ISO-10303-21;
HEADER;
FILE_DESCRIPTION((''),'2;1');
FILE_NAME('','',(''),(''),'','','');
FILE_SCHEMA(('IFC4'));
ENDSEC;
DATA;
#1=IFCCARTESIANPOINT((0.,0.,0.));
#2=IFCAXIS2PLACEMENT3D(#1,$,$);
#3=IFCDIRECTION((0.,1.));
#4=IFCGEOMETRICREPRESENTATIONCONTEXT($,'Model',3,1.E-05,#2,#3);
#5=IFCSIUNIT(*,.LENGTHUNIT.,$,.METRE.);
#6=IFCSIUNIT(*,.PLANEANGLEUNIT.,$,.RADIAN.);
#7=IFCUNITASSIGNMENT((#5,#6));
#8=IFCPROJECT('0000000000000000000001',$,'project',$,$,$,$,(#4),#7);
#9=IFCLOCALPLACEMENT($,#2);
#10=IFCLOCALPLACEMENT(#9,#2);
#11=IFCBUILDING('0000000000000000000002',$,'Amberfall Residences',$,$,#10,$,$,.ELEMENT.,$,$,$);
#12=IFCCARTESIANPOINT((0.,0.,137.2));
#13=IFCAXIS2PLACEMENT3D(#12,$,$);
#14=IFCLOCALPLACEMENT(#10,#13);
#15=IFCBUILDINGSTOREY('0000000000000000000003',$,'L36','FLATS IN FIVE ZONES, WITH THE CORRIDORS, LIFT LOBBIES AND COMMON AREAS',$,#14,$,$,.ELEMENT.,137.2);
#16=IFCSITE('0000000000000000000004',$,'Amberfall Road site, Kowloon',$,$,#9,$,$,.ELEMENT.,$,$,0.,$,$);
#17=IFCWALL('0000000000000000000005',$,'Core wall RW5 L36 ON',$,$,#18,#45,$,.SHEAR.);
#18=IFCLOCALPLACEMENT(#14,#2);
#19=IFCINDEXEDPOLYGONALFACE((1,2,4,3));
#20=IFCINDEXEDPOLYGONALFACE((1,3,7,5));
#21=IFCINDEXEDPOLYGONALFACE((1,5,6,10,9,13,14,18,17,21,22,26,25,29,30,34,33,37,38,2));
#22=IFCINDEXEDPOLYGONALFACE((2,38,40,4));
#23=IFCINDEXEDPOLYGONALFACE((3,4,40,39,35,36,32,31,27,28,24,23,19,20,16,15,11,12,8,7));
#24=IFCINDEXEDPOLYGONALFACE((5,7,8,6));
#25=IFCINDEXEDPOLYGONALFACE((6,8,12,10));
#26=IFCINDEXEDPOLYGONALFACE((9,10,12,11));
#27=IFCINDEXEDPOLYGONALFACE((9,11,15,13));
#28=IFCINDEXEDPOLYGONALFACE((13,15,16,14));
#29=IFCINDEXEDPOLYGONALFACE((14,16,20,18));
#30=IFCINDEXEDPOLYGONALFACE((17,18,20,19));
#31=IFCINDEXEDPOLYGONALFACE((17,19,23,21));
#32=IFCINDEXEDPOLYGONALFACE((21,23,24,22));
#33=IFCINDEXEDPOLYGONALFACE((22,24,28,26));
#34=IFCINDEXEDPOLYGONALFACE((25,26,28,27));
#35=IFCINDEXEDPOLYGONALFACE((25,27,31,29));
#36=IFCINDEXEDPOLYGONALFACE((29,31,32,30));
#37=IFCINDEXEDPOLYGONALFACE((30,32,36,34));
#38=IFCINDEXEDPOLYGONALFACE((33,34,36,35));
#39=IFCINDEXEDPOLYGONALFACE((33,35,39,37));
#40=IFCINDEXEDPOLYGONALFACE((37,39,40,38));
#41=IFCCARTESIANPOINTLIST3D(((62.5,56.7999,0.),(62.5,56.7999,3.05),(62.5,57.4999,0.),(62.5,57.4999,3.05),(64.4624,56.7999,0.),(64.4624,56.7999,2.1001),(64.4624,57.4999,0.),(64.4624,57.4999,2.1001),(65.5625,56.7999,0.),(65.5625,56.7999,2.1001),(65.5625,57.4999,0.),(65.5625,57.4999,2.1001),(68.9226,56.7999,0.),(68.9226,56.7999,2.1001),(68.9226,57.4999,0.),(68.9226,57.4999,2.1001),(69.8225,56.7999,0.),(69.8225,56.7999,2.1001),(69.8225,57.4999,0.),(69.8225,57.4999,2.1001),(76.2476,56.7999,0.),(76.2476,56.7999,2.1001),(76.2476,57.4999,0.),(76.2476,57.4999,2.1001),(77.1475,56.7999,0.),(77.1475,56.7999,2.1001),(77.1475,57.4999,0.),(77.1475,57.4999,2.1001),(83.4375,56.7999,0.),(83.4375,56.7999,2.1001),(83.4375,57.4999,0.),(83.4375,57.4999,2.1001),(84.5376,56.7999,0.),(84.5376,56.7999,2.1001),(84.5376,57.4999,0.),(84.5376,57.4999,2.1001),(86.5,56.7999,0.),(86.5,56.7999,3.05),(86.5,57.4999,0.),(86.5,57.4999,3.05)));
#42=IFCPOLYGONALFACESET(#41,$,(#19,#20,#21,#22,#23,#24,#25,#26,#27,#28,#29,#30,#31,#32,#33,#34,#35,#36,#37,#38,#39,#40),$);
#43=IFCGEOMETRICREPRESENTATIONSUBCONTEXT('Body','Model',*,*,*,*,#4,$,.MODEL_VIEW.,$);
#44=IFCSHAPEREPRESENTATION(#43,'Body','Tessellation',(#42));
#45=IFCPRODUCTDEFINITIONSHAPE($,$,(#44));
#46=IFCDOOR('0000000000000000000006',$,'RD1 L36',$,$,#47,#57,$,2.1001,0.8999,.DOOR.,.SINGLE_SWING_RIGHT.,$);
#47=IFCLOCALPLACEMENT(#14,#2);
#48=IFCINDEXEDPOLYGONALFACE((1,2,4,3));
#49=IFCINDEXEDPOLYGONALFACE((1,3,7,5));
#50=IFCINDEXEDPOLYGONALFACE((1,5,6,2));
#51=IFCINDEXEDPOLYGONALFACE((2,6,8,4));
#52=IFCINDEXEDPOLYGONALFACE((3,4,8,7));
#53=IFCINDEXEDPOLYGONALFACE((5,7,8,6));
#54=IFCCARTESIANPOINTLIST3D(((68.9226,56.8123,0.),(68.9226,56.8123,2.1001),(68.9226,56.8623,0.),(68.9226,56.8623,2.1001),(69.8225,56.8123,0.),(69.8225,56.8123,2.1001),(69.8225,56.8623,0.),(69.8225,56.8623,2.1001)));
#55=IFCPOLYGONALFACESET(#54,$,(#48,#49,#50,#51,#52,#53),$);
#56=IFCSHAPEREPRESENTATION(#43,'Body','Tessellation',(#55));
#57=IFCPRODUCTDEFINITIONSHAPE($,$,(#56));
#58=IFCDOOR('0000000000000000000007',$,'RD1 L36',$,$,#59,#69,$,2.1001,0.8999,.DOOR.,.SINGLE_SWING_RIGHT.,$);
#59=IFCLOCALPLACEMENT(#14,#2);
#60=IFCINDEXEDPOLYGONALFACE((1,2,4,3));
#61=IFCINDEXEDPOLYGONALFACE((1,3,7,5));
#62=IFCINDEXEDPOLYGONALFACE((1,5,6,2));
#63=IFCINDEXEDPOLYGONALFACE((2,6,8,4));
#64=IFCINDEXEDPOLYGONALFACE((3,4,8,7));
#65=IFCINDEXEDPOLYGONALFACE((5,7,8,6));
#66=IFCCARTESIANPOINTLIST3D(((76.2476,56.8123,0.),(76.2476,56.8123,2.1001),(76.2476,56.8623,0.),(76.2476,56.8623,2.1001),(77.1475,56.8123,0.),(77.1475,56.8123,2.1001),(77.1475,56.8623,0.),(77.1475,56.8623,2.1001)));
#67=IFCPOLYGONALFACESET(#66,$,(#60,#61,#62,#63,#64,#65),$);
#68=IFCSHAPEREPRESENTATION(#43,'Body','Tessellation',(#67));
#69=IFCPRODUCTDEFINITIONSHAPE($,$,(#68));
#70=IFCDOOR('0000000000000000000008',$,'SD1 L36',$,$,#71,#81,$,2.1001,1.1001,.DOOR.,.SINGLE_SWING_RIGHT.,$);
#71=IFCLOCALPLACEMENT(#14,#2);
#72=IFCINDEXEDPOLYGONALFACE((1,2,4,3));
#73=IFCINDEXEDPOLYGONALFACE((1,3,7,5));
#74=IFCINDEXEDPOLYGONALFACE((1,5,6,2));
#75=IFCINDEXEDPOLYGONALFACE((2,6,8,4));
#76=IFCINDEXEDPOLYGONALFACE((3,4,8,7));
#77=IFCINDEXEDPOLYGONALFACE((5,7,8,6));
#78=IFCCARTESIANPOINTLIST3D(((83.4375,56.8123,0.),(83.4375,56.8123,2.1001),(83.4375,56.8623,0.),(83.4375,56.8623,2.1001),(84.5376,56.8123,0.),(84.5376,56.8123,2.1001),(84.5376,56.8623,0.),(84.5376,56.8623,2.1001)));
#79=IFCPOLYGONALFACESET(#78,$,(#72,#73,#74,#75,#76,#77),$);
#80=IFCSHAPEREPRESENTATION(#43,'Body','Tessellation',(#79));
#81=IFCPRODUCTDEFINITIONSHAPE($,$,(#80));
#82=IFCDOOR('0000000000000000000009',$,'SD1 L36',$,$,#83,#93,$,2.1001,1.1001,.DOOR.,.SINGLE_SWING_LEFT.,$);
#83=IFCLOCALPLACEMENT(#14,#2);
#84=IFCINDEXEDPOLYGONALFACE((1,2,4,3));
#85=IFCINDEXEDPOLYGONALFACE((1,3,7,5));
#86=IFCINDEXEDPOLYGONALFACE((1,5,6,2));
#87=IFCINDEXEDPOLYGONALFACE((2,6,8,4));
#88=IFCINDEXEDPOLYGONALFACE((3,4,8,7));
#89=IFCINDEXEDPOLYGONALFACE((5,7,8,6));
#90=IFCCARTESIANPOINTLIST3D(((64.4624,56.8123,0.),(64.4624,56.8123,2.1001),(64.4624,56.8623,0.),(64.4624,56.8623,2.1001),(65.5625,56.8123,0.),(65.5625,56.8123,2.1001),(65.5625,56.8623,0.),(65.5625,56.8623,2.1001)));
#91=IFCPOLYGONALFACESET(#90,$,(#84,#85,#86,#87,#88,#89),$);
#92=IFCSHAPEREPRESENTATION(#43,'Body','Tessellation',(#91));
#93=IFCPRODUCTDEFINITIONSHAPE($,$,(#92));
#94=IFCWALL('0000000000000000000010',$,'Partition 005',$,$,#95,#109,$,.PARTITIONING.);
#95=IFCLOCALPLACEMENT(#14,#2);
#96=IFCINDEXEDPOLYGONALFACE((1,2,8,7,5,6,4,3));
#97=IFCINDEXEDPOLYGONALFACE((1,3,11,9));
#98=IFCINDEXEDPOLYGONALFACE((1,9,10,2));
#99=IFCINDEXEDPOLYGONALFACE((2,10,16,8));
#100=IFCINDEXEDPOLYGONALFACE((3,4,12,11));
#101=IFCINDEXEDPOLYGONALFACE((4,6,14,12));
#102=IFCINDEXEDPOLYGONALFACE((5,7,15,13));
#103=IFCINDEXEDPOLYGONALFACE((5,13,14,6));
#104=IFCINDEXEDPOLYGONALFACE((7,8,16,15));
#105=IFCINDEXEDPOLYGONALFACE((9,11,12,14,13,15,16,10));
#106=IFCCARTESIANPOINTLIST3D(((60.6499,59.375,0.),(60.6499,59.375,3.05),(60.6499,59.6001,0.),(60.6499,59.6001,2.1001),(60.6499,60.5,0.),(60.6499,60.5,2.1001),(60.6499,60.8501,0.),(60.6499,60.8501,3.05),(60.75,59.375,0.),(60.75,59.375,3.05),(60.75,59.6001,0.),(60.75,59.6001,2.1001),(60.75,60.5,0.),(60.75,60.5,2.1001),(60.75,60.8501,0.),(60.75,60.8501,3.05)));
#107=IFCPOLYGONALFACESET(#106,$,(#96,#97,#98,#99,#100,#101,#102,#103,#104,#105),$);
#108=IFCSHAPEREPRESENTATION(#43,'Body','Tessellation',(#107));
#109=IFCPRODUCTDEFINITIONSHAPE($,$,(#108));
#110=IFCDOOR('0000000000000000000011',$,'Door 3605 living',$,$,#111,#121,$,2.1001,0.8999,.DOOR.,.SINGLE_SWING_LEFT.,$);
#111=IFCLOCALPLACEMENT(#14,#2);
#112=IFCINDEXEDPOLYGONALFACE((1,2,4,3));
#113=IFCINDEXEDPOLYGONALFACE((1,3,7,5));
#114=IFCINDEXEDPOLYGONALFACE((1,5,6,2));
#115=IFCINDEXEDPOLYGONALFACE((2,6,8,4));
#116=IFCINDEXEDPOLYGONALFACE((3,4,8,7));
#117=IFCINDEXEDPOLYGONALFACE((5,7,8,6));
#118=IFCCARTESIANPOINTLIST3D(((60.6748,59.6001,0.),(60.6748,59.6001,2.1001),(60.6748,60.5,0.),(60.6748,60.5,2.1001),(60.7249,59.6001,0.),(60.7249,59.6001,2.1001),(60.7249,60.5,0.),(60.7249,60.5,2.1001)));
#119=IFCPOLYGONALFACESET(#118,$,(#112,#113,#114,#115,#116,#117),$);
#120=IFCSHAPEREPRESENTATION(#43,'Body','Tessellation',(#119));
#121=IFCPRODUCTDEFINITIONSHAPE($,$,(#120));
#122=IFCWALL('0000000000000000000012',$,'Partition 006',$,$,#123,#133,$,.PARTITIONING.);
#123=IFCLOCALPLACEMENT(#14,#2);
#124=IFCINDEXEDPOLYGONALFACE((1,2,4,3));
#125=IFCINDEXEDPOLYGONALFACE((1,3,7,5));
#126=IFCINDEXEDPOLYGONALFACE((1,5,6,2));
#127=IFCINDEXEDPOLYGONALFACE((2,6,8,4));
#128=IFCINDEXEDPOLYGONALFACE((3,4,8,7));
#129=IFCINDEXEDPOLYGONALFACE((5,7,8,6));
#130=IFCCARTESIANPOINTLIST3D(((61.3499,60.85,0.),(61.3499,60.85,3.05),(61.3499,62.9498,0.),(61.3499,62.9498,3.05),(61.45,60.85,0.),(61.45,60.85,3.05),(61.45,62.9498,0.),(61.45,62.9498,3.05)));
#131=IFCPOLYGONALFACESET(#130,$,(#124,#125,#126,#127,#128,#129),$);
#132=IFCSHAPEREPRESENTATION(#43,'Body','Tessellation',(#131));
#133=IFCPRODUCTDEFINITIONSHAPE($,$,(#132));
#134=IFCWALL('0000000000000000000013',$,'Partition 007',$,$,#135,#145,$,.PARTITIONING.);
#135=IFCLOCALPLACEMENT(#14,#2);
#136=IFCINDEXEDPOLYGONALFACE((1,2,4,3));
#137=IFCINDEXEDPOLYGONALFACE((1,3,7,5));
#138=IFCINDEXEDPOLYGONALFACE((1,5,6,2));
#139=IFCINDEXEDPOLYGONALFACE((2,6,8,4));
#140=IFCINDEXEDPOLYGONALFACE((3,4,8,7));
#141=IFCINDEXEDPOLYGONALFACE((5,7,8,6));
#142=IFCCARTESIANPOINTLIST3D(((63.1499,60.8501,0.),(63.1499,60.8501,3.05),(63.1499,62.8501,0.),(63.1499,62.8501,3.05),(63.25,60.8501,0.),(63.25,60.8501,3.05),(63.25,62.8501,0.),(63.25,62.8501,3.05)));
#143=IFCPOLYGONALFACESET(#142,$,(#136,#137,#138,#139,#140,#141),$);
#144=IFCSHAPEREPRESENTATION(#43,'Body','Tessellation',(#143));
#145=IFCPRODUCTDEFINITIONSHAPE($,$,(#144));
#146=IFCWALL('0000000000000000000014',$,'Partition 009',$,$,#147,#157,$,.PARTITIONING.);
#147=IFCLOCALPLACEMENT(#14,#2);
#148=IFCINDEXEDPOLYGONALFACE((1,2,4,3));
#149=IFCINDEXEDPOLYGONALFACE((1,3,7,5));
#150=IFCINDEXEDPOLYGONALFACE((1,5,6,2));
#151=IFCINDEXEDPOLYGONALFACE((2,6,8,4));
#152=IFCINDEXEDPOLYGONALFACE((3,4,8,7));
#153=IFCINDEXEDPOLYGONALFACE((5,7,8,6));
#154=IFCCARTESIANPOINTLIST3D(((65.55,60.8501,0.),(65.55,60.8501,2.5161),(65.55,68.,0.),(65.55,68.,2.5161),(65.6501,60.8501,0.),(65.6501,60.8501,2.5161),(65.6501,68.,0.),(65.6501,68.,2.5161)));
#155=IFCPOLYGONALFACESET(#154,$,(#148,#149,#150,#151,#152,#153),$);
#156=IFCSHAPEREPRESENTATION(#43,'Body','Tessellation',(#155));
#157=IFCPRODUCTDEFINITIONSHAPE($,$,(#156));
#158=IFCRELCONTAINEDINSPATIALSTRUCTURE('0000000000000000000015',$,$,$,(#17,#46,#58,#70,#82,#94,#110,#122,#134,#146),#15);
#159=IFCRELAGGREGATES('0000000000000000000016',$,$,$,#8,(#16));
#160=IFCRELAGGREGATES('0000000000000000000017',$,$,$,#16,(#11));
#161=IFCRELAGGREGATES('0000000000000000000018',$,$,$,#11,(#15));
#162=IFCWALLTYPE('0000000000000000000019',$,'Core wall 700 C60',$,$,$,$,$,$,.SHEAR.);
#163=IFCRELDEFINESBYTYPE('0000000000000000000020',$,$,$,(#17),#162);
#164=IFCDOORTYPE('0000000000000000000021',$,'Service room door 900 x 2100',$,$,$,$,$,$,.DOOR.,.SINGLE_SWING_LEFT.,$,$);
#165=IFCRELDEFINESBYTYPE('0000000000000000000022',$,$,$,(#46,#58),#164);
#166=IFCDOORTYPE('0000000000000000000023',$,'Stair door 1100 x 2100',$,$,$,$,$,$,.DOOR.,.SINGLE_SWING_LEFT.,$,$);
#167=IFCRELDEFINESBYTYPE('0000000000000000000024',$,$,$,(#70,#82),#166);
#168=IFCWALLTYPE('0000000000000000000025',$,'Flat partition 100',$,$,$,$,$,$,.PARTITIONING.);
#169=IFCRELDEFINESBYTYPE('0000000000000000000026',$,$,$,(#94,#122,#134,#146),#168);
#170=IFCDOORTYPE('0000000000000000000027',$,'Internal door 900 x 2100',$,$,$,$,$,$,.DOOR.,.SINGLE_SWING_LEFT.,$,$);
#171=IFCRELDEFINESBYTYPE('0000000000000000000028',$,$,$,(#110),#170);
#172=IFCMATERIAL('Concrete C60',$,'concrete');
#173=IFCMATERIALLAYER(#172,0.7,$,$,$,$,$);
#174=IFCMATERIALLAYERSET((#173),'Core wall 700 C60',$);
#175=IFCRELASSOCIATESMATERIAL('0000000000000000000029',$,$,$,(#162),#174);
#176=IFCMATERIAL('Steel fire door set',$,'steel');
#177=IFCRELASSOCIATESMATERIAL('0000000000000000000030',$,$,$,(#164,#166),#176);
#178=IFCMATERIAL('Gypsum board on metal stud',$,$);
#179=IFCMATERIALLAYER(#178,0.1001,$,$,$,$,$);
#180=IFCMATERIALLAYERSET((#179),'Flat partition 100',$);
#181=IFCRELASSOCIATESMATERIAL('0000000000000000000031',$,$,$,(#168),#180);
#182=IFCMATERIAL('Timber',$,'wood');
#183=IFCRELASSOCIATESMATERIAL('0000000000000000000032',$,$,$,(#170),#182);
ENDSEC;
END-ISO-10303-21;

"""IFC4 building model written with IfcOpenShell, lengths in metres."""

from ifc_helpers import new_model, si_unit, direction, frame, frame_2d, origin, place, context, subcontext, project, spatial, rectangle, extrude, material, layer, layer_set, type_object, element, fill, save


model = new_model("IFC4")

# Units and contexts
model_context = context("Model", 3, precision=1e-05, world=origin(), true_north=direction((0.0, 1.0)))
body_context = subcontext(model_context, "Body", "Model", "MODEL_VIEW")
ifc_project = project(units=[si_unit("LENGTHUNIT", "METRE"), si_unit("PLANEANGLEUNIT", "RADIAN")], contexts=[model_context])

# Site, building, storey
site_placement = place(None, origin())
site = spatial("IfcSite", under=ifc_project, at=site_placement, Name="Amberfall Road site, Kowloon", CompositionType="ELEMENT", RefElevation=0.0)
building_placement = place(site_placement, origin())
building = spatial("IfcBuilding", under=site, at=building_placement, Name="Amberfall Residences", CompositionType="ELEMENT")
storey_placement = place(building_placement, frame((0.0, 0.0, 137.2)))
storey = spatial("IfcBuildingStorey", under=building, at=storey_placement, Name="L36", Description="FLATS IN FIVE ZONES, WITH THE CORRIDORS, LIFT LOBBIES AND COMMON AREAS", CompositionType="ELEMENT", Elevation=137.2)

# Wall, openings, doors
ifc_material_1 = material(Name="Concrete C60", Category="concrete")
ifc_layer_1 = layer(ifc_material_1, 0.7)
ifc_layer_set_1 = layer_set([ifc_layer_1], Name="Core wall 700 C60")
wall_type_1 = type_object("IfcWallType", Name="Core wall 700 C60", PredefinedType="SHEAR", material=ifc_layer_set_1)
wall_1_placement = place(storey_placement, frame((62.5, 57.1499, 0.0), z_axis=(0.0, 0.0, 1.0), x_axis=(1.0, 0.0, 0.0)))
wall_1 = element("IfcWall", 1, at=wall_1_placement, inside=storey, type_object=wall_type_1, Name="Core wall RW5 L36 ON", PredefinedType="SHEAR", context=body_context, shape_type="SweptSolid", body=[
    extrude(rectangle(XDim=24.0, YDim=0.7, at=frame_2d((12.0, 0.0))), origin(), (0.0, 0.0, 1.0), 3.05),
])
opening_1_placement = place(wall_1_placement, frame((20.9375, 0.0, 0.0)))
opening_1 = element("IfcOpeningElement", 2, at=opening_1_placement, cuts=wall_1, PredefinedType="OPENING", context=body_context, shape_type="SweptSolid", body=[
    extrude(rectangle(XDim=1.1001, YDim=2.1001, at=frame_2d((0.55, 1.05))), frame((0.0, 0.3599, 0.0), z_axis=(0.0, -1.0, 0.0), x_axis=(1.0, 0.0, 0.0)), (0.0, 0.0, 1.0), 0.72),
])
opening_2_placement = place(wall_1_placement, frame((1.9624, 0.0, 0.0)))
opening_2 = element("IfcOpeningElement", 3, at=opening_2_placement, cuts=wall_1, PredefinedType="OPENING", context=body_context, shape_type="SweptSolid", body=[
    extrude(rectangle(XDim=1.1001, YDim=2.1001, at=frame_2d((0.55, 1.05))), frame((0.0, 0.3599, 0.0), z_axis=(0.0, -1.0, 0.0), x_axis=(1.0, 0.0, 0.0)), (0.0, 0.0, 1.0), 0.72),
])
opening_3_placement = place(wall_1_placement, frame((6.4226, 0.0, 0.0)))
opening_3 = element("IfcOpeningElement", 4, at=opening_3_placement, cuts=wall_1, PredefinedType="OPENING", context=body_context, shape_type="SweptSolid", body=[
    extrude(rectangle(XDim=0.8999, YDim=2.1001, at=frame_2d((0.45, 1.05))), frame((0.0, 0.3599, 0.0), z_axis=(0.0, -1.0, 0.0), x_axis=(1.0, 0.0, 0.0)), (0.0, 0.0, 1.0), 0.72),
])
opening_4_placement = place(wall_1_placement, frame((13.7476, 0.0, 0.0)))
opening_4 = element("IfcOpeningElement", 5, at=opening_4_placement, cuts=wall_1, PredefinedType="OPENING", context=body_context, shape_type="SweptSolid", body=[
    extrude(rectangle(XDim=0.8999, YDim=2.1001, at=frame_2d((0.45, 1.05))), frame((0.0, 0.3599, 0.0), z_axis=(0.0, -1.0, 0.0), x_axis=(1.0, 0.0, 0.0)), (0.0, 0.0, 1.0), 0.72),
])
ifc_material_2 = material(Name="Steel fire door set", Category="steel")
door_type_1 = type_object("IfcDoorType", Name="Service room door 900 x 2100", OperationType="SINGLE_SWING_LEFT", PredefinedType="DOOR", material=ifc_material_2)
door_1_placement = place(opening_3_placement, origin())
door_1 = element("IfcDoor", 6, at=door_1_placement, inside=storey, type_object=door_type_1, Name="RD1 L36", OperationType="SINGLE_SWING_RIGHT", OverallHeight=2.1001, OverallWidth=0.8999, PredefinedType="DOOR", context=body_context, shape_type="SweptSolid", body=[
    extrude(rectangle(XDim=0.8999, YDim=2.1001, at=frame_2d((0.45, 1.05))), frame((0.0, -0.2876, 0.0), z_axis=(0.0, -1.0, 0.0), x_axis=(1.0, 0.0, 0.0)), (0.0, 0.0, 1.0), 0.05),
])
fill(opening_3, door_1)
door_2_placement = place(opening_4_placement, origin())
door_2 = element("IfcDoor", 7, at=door_2_placement, inside=storey, type_object=door_type_1, Name="RD1 L36", OperationType="SINGLE_SWING_RIGHT", OverallHeight=2.1001, OverallWidth=0.8999, PredefinedType="DOOR", context=body_context, shape_type="SweptSolid", body=[
    extrude(rectangle(XDim=0.8999, YDim=2.1001, at=frame_2d((0.45, 1.05))), frame((0.0, -0.2876, 0.0), z_axis=(0.0, -1.0, 0.0), x_axis=(1.0, 0.0, 0.0)), (0.0, 0.0, 1.0), 0.05),
])
fill(opening_4, door_2)
door_type_2 = type_object("IfcDoorType", Name="Stair door 1100 x 2100", OperationType="SINGLE_SWING_LEFT", PredefinedType="DOOR", material=ifc_material_2)
door_3_placement = place(opening_1_placement, origin())
door_3 = element("IfcDoor", 8, at=door_3_placement, inside=storey, type_object=door_type_2, Name="SD1 L36", OperationType="SINGLE_SWING_RIGHT", OverallHeight=2.1001, OverallWidth=1.1001, PredefinedType="DOOR", context=body_context, shape_type="SweptSolid", body=[
    extrude(rectangle(XDim=1.1001, YDim=2.1001, at=frame_2d((0.55, 1.05))), frame((0.0, -0.2876, 0.0), z_axis=(0.0, -1.0, 0.0), x_axis=(1.0, 0.0, 0.0)), (0.0, 0.0, 1.0), 0.05),
])
fill(opening_1, door_3)
door_4_placement = place(opening_2_placement, origin())
door_4 = element("IfcDoor", 9, at=door_4_placement, inside=storey, type_object=door_type_2, Name="SD1 L36", OperationType="SINGLE_SWING_LEFT", OverallHeight=2.1001, OverallWidth=1.1001, PredefinedType="DOOR", context=body_context, shape_type="SweptSolid", body=[
    extrude(rectangle(XDim=1.1001, YDim=2.1001, at=frame_2d((0.55, 1.05))), frame((0.0, -0.2876, 0.0), z_axis=(0.0, -1.0, 0.0), x_axis=(1.0, 0.0, 0.0)), (0.0, 0.0, 1.0), 0.05),
])
fill(opening_2, door_4)

# Wall, opening, door
ifc_material_3 = material(Name="Gypsum board on metal stud")
ifc_layer_2 = layer(ifc_material_3, 0.1001)
ifc_layer_set_2 = layer_set([ifc_layer_2], Name="Flat partition 100")
wall_type_2 = type_object("IfcWallType", Name="Flat partition 100", PredefinedType="PARTITIONING", material=ifc_layer_set_2)
wall_2_placement = place(storey_placement, frame((60.7, 60.8501, 0.0), z_axis=(0.0, 0.0, 1.0), x_axis=(0.0, -1.0, 0.0)))
wall_2 = element("IfcWall", 10, at=wall_2_placement, inside=storey, type_object=wall_type_2, Name="Partition 005", PredefinedType="PARTITIONING", context=body_context, shape_type="SweptSolid", body=[
    extrude(rectangle(XDim=1.4751, YDim=0.1001, at=frame_2d((0.7375, 0.0))), origin(), (0.0, 0.0, 1.0), 3.05),
])
opening_5_placement = place(wall_2_placement, frame((0.3501, 0.0, 0.0)))
opening_5 = element("IfcOpeningElement", 11, at=opening_5_placement, cuts=wall_2, PredefinedType="OPENING", context=body_context, shape_type="SweptSolid", body=[
    extrude(rectangle(XDim=0.8999, YDim=2.1001, at=frame_2d((0.45, 1.05))), frame((0.0, 0.0601, 0.0), z_axis=(0.0, -1.0, 0.0), x_axis=(1.0, 0.0, 0.0)), (0.0, 0.0, 1.0), 0.1201),
])
ifc_material_4 = material(Name="Timber", Category="wood")
door_type_3 = type_object("IfcDoorType", Name="Internal door 900 x 2100", OperationType="SINGLE_SWING_LEFT", PredefinedType="DOOR", material=ifc_material_4)
door_5_placement = place(opening_5_placement, origin())
door_5 = element("IfcDoor", 12, at=door_5_placement, inside=storey, type_object=door_type_3, Name="Door 3605 living", OperationType="SINGLE_SWING_LEFT", OverallHeight=2.1001, OverallWidth=0.8999, PredefinedType="DOOR", context=body_context, shape_type="SweptSolid", body=[
    extrude(rectangle(XDim=0.8999, YDim=2.1001, at=frame_2d((0.45, 1.05))), frame((0.0, 0.0249, 0.0), z_axis=(0.0, -1.0, 0.0), x_axis=(1.0, 0.0, 0.0)), (0.0, 0.0, 1.0), 0.05),
])
fill(opening_5, door_5)

# Walls
wall_3_placement = place(storey_placement, frame((61.3999, 60.8501, 0.0), z_axis=(0.0, 0.0, 1.0), x_axis=(0.0, 1.0, 0.0)))
element("IfcWall", 13, at=wall_3_placement, inside=storey, type_object=wall_type_2, Name="Partition 006", PredefinedType="PARTITIONING", context=body_context, shape_type="SweptSolid", body=[
    extrude(rectangle(XDim=2.0999, YDim=0.1001, at=frame_2d((1.0498, 0.0))), origin(), (0.0, 0.0, 1.0), 3.05),
])
wall_4_placement = place(storey_placement, frame((63.2, 60.8501, 0.0), z_axis=(0.0, 0.0, 1.0), x_axis=(0.0, 1.0, 0.0)))
element("IfcWall", 14, at=wall_4_placement, inside=storey, type_object=wall_type_2, Name="Partition 007", PredefinedType="PARTITIONING", context=body_context, shape_type="SweptSolid", body=[
    extrude(rectangle(XDim=2.0, YDim=0.1001, at=frame_2d((1.0, 0.0))), origin(), (0.0, 0.0, 1.0), 3.05),
])
wall_5_placement = place(storey_placement, frame((65.6001, 60.8501, 0.0), z_axis=(0.0, 0.0, 1.0), x_axis=(0.0, 1.0, 0.0)))
element("IfcWall", 15, at=wall_5_placement, inside=storey, type_object=wall_type_2, Name="Partition 009", PredefinedType="PARTITIONING", context=body_context, shape_type="SweptSolid", body=[
    extrude(rectangle(XDim=7.1499, YDim=0.1001, at=frame_2d((3.575, 0.0))), origin(), (0.0, 0.0, 1.0), 2.5161),
])

save(model, "model.ifc")
